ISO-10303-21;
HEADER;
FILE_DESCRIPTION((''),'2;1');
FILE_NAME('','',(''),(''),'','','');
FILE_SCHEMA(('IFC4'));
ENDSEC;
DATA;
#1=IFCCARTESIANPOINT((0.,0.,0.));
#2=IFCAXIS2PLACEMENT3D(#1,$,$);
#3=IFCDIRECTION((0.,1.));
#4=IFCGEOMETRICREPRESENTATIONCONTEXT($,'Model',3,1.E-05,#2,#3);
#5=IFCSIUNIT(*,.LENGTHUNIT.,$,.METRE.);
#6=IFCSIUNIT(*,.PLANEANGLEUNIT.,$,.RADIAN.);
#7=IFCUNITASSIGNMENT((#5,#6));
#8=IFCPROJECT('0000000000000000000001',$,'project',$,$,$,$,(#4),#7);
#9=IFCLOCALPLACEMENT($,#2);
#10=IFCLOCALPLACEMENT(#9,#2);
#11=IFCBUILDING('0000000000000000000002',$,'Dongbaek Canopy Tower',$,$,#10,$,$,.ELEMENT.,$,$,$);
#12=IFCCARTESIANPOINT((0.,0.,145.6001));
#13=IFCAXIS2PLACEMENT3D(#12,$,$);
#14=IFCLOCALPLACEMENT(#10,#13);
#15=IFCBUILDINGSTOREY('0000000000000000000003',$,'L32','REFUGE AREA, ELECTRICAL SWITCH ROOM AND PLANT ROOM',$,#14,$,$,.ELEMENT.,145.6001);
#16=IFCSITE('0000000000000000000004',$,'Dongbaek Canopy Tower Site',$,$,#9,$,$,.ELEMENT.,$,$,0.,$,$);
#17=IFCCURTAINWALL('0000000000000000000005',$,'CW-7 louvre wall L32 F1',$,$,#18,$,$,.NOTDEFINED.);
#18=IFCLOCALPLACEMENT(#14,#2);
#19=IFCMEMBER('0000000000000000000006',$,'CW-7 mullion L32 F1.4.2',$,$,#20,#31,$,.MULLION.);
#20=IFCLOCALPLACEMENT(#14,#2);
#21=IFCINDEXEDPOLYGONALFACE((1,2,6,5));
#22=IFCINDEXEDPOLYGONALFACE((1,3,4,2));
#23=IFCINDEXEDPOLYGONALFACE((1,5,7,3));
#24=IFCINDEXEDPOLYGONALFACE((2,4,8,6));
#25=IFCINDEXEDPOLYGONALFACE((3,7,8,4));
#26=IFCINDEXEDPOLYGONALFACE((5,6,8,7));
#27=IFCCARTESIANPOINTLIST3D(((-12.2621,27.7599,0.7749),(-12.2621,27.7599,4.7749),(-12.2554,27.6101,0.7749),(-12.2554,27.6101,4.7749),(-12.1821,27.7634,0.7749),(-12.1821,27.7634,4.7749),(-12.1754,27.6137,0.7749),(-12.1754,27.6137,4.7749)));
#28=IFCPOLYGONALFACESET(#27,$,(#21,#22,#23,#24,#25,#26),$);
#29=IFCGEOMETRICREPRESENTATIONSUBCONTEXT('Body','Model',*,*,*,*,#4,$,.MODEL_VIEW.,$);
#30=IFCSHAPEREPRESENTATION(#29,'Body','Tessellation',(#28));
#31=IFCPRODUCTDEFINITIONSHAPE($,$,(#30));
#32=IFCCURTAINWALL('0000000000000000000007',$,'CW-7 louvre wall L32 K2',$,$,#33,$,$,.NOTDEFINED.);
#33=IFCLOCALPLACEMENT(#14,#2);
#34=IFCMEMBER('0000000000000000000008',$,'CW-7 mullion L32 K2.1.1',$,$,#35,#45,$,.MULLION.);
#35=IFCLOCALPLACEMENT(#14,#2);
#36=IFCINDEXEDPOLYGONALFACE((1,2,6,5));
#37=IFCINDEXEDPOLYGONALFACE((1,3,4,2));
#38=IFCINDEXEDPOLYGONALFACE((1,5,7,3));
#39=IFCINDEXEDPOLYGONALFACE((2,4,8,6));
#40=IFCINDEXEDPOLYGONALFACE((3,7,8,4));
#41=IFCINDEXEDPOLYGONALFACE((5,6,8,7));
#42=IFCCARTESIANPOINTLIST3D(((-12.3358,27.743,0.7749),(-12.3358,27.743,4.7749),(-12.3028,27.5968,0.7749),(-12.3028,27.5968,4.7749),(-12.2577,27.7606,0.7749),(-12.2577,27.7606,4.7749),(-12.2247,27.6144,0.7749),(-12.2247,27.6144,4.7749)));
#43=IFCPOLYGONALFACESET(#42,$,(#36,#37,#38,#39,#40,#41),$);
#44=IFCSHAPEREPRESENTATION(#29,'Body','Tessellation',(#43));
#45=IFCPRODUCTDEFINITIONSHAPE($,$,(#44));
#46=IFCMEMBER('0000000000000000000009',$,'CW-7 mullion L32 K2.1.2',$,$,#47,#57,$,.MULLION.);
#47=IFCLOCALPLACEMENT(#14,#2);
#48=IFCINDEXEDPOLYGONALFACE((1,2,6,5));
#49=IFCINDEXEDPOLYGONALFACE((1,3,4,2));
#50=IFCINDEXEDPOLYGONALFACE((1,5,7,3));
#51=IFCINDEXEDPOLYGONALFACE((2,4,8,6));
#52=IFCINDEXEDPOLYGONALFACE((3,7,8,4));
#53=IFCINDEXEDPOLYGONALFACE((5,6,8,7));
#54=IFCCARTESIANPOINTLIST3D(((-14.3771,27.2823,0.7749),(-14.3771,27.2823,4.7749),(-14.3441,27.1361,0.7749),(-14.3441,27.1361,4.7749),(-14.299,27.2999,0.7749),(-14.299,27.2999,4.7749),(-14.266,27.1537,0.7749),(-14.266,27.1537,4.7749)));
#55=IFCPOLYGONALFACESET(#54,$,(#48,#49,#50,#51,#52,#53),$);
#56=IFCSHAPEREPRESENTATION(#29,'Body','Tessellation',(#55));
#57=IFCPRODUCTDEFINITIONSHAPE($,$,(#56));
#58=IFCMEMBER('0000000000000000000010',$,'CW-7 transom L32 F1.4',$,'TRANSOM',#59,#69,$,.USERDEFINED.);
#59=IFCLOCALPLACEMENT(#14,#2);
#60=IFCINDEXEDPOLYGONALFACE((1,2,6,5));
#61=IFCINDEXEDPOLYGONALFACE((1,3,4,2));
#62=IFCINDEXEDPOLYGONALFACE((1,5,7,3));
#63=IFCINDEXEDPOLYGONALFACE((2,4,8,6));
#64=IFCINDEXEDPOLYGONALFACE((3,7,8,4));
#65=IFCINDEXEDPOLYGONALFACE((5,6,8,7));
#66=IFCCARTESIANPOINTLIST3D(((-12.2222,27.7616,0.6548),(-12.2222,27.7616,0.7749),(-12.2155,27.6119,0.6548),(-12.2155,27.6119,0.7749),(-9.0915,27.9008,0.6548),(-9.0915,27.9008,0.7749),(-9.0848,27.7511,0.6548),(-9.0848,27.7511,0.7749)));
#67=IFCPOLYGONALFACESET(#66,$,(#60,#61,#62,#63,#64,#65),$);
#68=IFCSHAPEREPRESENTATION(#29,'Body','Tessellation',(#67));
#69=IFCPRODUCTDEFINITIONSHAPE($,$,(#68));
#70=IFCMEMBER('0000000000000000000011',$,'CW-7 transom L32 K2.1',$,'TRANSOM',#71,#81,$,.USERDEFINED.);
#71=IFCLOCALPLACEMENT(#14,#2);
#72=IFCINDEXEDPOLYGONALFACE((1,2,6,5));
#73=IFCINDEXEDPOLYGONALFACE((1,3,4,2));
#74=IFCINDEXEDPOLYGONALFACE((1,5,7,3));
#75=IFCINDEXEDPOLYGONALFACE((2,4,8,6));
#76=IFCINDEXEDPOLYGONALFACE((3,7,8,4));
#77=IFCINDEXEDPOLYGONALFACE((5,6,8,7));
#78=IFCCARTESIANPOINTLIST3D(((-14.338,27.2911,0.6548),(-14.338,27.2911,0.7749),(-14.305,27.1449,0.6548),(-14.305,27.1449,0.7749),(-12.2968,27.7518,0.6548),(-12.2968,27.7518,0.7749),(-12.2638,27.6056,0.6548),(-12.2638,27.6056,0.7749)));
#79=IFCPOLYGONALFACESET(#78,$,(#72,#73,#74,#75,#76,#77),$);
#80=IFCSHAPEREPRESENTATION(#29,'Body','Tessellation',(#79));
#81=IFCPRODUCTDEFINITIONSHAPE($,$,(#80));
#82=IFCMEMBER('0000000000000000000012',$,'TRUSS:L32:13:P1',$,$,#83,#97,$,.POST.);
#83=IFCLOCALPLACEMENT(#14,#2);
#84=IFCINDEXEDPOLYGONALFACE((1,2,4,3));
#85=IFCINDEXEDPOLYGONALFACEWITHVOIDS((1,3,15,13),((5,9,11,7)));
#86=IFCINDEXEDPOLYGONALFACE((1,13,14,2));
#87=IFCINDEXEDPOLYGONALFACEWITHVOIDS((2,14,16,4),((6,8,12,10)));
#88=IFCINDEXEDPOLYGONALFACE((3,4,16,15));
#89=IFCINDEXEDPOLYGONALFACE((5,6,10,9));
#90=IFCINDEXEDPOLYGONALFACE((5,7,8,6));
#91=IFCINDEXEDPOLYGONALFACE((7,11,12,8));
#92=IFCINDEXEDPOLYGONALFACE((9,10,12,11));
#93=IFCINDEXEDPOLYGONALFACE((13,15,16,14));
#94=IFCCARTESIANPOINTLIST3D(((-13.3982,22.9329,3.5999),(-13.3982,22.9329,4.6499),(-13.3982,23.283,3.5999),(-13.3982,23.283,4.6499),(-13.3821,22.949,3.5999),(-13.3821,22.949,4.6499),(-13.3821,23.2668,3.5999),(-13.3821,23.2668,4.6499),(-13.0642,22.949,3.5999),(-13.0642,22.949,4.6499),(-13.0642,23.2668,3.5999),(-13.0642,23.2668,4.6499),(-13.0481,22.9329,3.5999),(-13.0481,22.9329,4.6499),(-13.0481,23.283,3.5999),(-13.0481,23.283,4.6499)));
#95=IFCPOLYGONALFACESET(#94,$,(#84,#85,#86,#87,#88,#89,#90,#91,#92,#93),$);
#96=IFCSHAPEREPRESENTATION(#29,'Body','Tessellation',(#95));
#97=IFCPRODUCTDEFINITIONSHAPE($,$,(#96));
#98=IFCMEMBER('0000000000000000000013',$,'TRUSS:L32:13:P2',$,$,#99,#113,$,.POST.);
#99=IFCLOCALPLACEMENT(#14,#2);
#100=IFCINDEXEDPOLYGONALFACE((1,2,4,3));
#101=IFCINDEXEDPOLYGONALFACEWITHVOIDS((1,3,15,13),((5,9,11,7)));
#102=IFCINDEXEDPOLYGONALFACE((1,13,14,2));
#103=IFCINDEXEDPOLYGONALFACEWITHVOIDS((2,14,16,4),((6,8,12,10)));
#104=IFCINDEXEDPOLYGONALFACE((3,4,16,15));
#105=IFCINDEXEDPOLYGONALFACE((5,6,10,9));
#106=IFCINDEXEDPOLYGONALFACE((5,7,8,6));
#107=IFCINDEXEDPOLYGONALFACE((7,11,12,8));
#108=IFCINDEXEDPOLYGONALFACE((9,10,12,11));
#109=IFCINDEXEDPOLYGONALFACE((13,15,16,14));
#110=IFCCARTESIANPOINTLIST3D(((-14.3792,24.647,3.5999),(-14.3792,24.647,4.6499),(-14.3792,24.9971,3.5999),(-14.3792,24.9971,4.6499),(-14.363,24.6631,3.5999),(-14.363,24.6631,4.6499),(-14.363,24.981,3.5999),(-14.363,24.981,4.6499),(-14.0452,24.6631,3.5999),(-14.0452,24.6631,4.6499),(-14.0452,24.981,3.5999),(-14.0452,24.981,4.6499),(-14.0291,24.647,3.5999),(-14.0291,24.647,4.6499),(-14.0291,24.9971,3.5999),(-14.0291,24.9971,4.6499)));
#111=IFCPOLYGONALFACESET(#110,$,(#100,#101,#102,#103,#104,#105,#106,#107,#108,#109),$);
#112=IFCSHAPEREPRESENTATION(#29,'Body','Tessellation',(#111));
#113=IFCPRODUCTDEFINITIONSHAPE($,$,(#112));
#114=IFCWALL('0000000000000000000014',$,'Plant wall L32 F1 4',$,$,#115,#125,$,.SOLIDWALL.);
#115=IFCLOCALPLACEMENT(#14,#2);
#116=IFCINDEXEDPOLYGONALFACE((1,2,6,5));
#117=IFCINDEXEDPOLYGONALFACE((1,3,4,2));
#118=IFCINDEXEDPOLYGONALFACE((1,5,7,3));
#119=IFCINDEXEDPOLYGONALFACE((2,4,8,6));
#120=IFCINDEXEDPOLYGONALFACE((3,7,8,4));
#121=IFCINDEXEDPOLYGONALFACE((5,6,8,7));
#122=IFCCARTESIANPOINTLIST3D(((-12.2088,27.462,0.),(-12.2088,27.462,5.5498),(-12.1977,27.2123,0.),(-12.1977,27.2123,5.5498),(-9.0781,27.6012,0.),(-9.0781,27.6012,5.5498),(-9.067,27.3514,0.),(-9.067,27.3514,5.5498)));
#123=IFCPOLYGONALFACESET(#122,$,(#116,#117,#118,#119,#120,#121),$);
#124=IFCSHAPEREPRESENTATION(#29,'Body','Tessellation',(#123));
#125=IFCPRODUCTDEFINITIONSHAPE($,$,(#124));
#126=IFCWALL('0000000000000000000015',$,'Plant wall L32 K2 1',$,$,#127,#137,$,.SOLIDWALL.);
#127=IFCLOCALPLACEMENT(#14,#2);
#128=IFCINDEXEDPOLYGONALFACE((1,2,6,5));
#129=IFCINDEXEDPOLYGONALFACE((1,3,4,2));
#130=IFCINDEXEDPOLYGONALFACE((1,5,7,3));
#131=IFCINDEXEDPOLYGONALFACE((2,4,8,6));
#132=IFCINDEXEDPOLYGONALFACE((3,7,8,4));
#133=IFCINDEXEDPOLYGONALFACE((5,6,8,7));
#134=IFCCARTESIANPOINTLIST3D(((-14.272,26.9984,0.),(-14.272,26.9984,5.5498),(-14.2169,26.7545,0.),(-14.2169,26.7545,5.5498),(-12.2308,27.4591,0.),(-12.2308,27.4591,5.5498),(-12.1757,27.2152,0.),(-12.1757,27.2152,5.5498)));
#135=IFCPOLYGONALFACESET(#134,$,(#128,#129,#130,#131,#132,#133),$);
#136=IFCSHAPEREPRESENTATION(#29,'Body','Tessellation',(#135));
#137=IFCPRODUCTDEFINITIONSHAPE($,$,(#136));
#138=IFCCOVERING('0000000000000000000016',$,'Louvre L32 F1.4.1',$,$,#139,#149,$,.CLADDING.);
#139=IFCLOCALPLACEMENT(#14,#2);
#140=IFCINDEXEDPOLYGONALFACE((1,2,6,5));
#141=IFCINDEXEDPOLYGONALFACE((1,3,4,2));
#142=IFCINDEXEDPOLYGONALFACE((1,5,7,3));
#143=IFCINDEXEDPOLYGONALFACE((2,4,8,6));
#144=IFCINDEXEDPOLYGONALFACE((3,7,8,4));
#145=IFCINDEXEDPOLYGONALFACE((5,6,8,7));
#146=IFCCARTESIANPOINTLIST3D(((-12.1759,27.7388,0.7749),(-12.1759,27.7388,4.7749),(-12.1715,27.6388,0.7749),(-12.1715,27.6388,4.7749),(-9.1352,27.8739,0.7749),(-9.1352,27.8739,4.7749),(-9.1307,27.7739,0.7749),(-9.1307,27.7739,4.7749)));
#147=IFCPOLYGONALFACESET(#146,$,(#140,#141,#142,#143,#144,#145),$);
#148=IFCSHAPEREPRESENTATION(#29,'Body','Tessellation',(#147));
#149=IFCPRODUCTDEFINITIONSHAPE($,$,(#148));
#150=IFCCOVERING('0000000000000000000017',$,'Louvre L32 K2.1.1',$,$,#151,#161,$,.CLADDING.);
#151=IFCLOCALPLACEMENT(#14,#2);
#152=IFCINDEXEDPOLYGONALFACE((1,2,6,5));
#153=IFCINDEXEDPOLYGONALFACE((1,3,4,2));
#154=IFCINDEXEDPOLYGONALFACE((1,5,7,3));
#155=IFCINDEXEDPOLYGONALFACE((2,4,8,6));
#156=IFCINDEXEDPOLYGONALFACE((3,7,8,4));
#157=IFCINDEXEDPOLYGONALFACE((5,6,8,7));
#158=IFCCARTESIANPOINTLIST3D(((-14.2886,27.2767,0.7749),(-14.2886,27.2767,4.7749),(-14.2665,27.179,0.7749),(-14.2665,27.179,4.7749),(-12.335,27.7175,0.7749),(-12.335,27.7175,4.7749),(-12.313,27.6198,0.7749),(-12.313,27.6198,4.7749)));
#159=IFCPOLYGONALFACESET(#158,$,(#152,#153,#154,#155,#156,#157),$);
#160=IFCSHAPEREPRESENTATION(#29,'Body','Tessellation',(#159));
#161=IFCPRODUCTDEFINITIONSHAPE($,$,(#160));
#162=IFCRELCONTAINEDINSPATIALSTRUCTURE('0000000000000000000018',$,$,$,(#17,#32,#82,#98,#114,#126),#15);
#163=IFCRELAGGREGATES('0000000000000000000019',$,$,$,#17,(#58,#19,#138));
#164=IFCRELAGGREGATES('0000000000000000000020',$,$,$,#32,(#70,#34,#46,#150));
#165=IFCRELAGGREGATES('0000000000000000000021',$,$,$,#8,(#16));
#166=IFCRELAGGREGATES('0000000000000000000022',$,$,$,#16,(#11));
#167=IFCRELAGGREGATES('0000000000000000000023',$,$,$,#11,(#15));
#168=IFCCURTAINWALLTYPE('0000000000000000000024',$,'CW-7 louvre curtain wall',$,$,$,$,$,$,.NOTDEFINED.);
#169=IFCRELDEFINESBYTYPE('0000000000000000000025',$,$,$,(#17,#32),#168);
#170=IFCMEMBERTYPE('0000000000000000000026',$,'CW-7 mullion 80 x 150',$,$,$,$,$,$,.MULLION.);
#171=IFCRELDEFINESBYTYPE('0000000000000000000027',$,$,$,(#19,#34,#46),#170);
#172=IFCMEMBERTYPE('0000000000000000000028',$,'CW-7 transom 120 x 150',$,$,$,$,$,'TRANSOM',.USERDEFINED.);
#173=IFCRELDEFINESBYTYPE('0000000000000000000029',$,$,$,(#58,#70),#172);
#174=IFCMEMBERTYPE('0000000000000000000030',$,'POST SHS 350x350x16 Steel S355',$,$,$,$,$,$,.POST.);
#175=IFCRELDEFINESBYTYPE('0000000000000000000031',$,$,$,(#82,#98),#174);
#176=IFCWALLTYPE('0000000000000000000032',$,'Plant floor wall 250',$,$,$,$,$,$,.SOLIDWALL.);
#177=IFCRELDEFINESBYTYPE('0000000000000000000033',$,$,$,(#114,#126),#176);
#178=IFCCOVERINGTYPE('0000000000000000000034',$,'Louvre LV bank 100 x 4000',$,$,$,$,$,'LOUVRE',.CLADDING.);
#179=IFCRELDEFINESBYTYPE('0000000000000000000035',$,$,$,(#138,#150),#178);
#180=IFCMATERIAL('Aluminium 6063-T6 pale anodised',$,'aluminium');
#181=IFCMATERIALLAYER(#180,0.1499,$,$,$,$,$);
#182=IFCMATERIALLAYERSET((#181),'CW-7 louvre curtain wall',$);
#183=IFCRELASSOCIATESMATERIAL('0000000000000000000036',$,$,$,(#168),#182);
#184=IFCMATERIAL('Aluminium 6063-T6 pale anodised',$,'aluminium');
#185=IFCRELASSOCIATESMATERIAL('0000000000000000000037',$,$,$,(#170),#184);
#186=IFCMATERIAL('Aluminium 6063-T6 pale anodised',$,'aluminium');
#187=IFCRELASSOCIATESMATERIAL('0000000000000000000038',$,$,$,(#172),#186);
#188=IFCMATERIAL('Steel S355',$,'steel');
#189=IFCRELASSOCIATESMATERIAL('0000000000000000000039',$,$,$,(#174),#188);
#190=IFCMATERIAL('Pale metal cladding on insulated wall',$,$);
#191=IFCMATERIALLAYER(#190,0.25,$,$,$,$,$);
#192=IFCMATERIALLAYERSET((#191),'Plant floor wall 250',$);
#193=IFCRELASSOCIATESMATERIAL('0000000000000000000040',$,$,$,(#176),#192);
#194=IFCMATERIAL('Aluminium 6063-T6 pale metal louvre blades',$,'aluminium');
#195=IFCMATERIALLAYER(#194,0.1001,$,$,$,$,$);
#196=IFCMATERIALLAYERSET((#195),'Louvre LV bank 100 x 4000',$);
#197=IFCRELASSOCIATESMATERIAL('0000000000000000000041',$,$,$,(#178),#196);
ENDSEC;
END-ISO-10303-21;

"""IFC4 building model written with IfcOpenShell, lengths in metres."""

from ifc_helpers import new_model, si_unit, direction, frame, frame_2d, origin, origin_2d, place, context, subcontext, project, spatial, rectangle, hollow_rectangle, extrude, material, layer, layer_set, material_profile, profile_set, type_object, element, aggregate, save


model = new_model("IFC4")

# Units and contexts
model_context = context("Model", 3, precision=1e-05, world=origin(), true_north=direction((0.0, 1.0)))
body_context = subcontext(model_context, "Body", "Model", "MODEL_VIEW")
ifc_project = project(units=[si_unit("LENGTHUNIT", "METRE"), si_unit("PLANEANGLEUNIT", "RADIAN")], contexts=[model_context])

# Site, building, storey
site_placement = place(None, origin())
site = spatial("IfcSite", under=ifc_project, at=site_placement, Name="Dongbaek Canopy Tower Site", CompositionType="ELEMENT", RefElevation=0.0)
building_placement = place(site_placement, origin())
building = spatial("IfcBuilding", under=site, at=building_placement, Name="Dongbaek Canopy Tower", CompositionType="ELEMENT")
storey_placement = place(building_placement, frame((0.0, 0.0, 145.6001)))
storey = spatial("IfcBuildingStorey", under=building, at=storey_placement, Name="L32", Description="REFUGE AREA, ELECTRICAL SWITCH ROOM AND PLANT ROOM", CompositionType="ELEMENT", Elevation=145.6001)

# Curtain walls, members
ifc_material_1 = material(Name="Aluminium 6063-T6 pale anodised", Category="aluminium")
ifc_layer_1 = layer(ifc_material_1, 0.1499)
ifc_layer_set_1 = layer_set([ifc_layer_1], Name="CW-7 louvre curtain wall")
curtain_wall_type = type_object("IfcCurtainWallType", Name="CW-7 louvre curtain wall", PredefinedType="NOTDEFINED", material=ifc_layer_set_1)
curtain_wall_1_placement = place(storey_placement, origin())
curtain_wall_1 = element("IfcCurtainWall", 1, at=curtain_wall_1_placement, inside=storey, type_object=curtain_wall_type, Name="CW-7 louvre wall L32 F1", PredefinedType="NOTDEFINED")
ifc_material_2 = material(Name="Aluminium 6063-T6 pale anodised", Category="aluminium")
ifc_material_profile_1 = material_profile(ifc_material_2, rectangle(XDim=0.1499, YDim=0.0801, at=origin_2d()), Name="CW-7 mullion 80 x 150")
ifc_profile_set_1 = profile_set([ifc_material_profile_1], Name="Aluminium 6063-T6 pale anodised")
member_type_1 = type_object("IfcMemberType", Name="CW-7 mullion 80 x 150", PredefinedType="MULLION", material=ifc_profile_set_1)
member_1_placement = place(storey_placement, frame((-12.2188, 27.6868, 0.7749), z_axis=(0.0, 0.0, 1.0), x_axis=(-0.04436, 0.999016, 0.0)))
member_1 = element("IfcMember", 2, at=member_1_placement, type_object=member_type_1, Name="CW-7 mullion L32 F1.4.2", PredefinedType="MULLION", context=body_context, shape_type="SweptSolid", body=[
    extrude(rectangle(XDim=0.1499, YDim=0.0801, at=origin_2d()), origin(), (0.0, 0.0, 1.0), 4.0),
])
curtain_wall_2_placement = place(storey_placement, origin())
curtain_wall_2 = element("IfcCurtainWall", 3, at=curtain_wall_2_placement, inside=storey, type_object=curtain_wall_type, Name="CW-7 louvre wall L32 K2", PredefinedType="NOTDEFINED")
member_2_placement = place(storey_placement, frame((-12.2803, 27.6787, 0.7749), z_axis=(0.0, 0.0, 1.0), x_axis=(-0.220112, 0.975475, 0.0)))
member_2 = element("IfcMember", 4, at=member_2_placement, type_object=member_type_1, Name="CW-7 mullion L32 K2.1.1", PredefinedType="MULLION", context=body_context, shape_type="SweptSolid", body=[
    extrude(rectangle(XDim=0.1499, YDim=0.0801, at=origin_2d()), origin(), (0.0, 0.0, 1.0), 4.0),
])
member_3_placement = place(storey_placement, frame((-14.3215, 27.218, 0.7749), z_axis=(0.0, 0.0, 1.0), x_axis=(-0.220112, 0.975475, 0.0)))
member_3 = element("IfcMember", 5, at=member_3_placement, type_object=member_type_1, Name="CW-7 mullion L32 K2.1.2", PredefinedType="MULLION", context=body_context, shape_type="SweptSolid", body=[
    extrude(rectangle(XDim=0.1499, YDim=0.0801, at=origin_2d()), origin(), (0.0, 0.0, 1.0), 4.0),
])

# Members
ifc_material_3 = material(Name="Aluminium 6063-T6 pale anodised", Category="aluminium")
ifc_material_profile_2 = material_profile(ifc_material_3, rectangle(XDim=0.1499, YDim=0.1201, at=origin_2d()), Name="CW-7 transom 120 x 150")
ifc_profile_set_2 = profile_set([ifc_material_profile_2], Name="Aluminium 6063-T6 pale anodised")
member_type_2 = type_object("IfcMemberType", Name="CW-7 transom 120 x 150", ElementType="TRANSOM", PredefinedType="USERDEFINED", material=ifc_profile_set_2)
member_4_placement = place(storey_placement, frame((-9.0881, 27.8259, 0.7148), z_axis=(-0.999013, -0.044408, 0.0), x_axis=(0.044408, -0.999013, 0.0)))
member_4 = element("IfcMember", 6, at=member_4_placement, type_object=member_type_2, Name="CW-7 transom L32 F1.4", ObjectType="TRANSOM", PredefinedType="USERDEFINED", context=body_context, shape_type="SweptSolid", body=[
    extrude(rectangle(XDim=0.1499, YDim=0.1201, at=origin_2d()), origin(), (0.0, 0.0, 1.0), 3.1338),
])
member_5_placement = place(storey_placement, frame((-12.2803, 27.6787, 0.7148), z_axis=(-0.975465, -0.220153, 0.0), x_axis=(0.220153, -0.975465, 0.0)))
member_5 = element("IfcMember", 7, at=member_5_placement, type_object=member_type_2, Name="CW-7 transom L32 K2.1", ObjectType="TRANSOM", PredefinedType="USERDEFINED", context=body_context, shape_type="SweptSolid", body=[
    extrude(rectangle(XDim=0.1499, YDim=0.1201, at=origin_2d()), origin(), (0.0, 0.0, 1.0), 2.0925),
])

# Members
ifc_material_4 = material(Name="Steel S355", Category="steel")
ifc_material_profile_3 = material_profile(ifc_material_4, hollow_rectangle(XDim=0.3501, YDim=0.3501, WallThickness=0.0161, at=origin_2d()), Name="POST SHS 350x350x16 Steel S355")
ifc_profile_set_3 = profile_set([ifc_material_profile_3], Name="Steel S355")
member_type_3 = type_object("IfcMemberType", Name="POST SHS 350x350x16 Steel S355", PredefinedType="POST", material=ifc_profile_set_3)
for number, where, z_axis, x_axis, name in (
    (8, (-13.2231, 23.1079, 3.5999), (0.0, 0.0, 1.0), (1.0, 0.0, 0.0), "TRUSS:L32:13:P1"),
    (9, (-14.2041, 24.822, 3.5999), (0.0, 0.0, 1.0), (1.0, 0.0, 0.0), "TRUSS:L32:13:P2"),
):
    element("IfcMember", number, at=place(storey_placement, frame(where, z_axis=z_axis, x_axis=x_axis)), inside=storey, type_object=member_type_3, Name=name, PredefinedType="POST", context=body_context, shape_type="SweptSolid", body=[
        extrude(hollow_rectangle(XDim=0.3501, YDim=0.3501, WallThickness=0.0161, at=origin_2d()), origin(), (0.0, 0.0, 1.0), 1.05),
    ])

# Walls
ifc_material_5 = material(Name="Pale metal cladding on insulated wall")
ifc_layer_2 = layer(ifc_material_5, 0.25)
ifc_layer_set_2 = layer_set([ifc_layer_2], Name="Plant floor wall 250")
wall_type = type_object("IfcWallType", Name="Plant floor wall 250", PredefinedType="SOLIDWALL", material=ifc_layer_set_2)
wall_1_placement = place(storey_placement, frame((-9.0725, 27.4763, 0.0), z_axis=(0.0, 0.0, 1.0), x_axis=(-0.999013, -0.044408, 0.0)))
element("IfcWall", 10, at=wall_1_placement, inside=storey, type_object=wall_type, Name="Plant wall L32 F1 4", PredefinedType="SOLIDWALL", context=body_context, shape_type="SweptSolid", body=[
    extrude(rectangle(XDim=3.1338, YDim=0.25, at=frame_2d((1.5669, 0.0))), origin(), (0.0, 0.0, 1.0), 5.5498),
])
wall_2_placement = place(storey_placement, frame((-12.2031, 27.3372, 0.0), z_axis=(0.0, 0.0, 1.0), x_axis=(-0.975465, -0.220153, 0.0)))
element("IfcWall", 11, at=wall_2_placement, inside=storey, type_object=wall_type, Name="Plant wall L32 K2 1", PredefinedType="SOLIDWALL", context=body_context, shape_type="SweptSolid", body=[
    extrude(rectangle(XDim=2.0925, YDim=0.25, at=frame_2d((1.0464, 0.0))), origin(), (0.0, 0.0, 1.0), 5.5498),
])

# Coverings
ifc_material_6 = material(Name="Aluminium 6063-T6 pale metal louvre blades", Category="aluminium")
ifc_layer_3 = layer(ifc_material_6, 0.1001)
ifc_layer_set_3 = layer_set([ifc_layer_3], Name="Louvre LV bank 100 x 4000")
covering_type = type_object("IfcCoveringType", Name="Louvre LV bank 100 x 4000", ElementType="LOUVRE", PredefinedType="CLADDING", material=ifc_layer_set_3)
covering_1_placement = place(storey_placement, frame((-10.6533, 27.7563, 0.7749), z_axis=(0.0, 0.0, 1.0), x_axis=(-0.999016, -0.04436, 0.0)))
covering_1 = element("IfcCovering", 12, at=covering_1_placement, type_object=covering_type, Name="Louvre L32 F1.4.1", PredefinedType="CLADDING", context=body_context, shape_type="SweptSolid", body=[
    extrude(rectangle(XDim=3.0437, YDim=0.1001, at=origin_2d()), origin(), (0.0, 0.0, 1.0), 4.0),
])
covering_2_placement = place(storey_placement, frame((-13.3008, 27.4482, 0.7749), z_axis=(0.0, 0.0, 1.0), x_axis=(-0.975475, -0.220112, 0.0)))
covering_2 = element("IfcCovering", 13, at=covering_2_placement, type_object=covering_type, Name="Louvre L32 K2.1.1", PredefinedType="CLADDING", context=body_context, shape_type="SweptSolid", body=[
    extrude(rectangle(XDim=2.0027, YDim=0.1001, at=origin_2d()), origin(), (0.0, 0.0, 1.0), 4.0),
])

aggregate(curtain_wall_1, [member_4, member_1, covering_1])
aggregate(curtain_wall_2, [member_5, member_2, member_3, covering_2])

save(model, "model.ifc")
